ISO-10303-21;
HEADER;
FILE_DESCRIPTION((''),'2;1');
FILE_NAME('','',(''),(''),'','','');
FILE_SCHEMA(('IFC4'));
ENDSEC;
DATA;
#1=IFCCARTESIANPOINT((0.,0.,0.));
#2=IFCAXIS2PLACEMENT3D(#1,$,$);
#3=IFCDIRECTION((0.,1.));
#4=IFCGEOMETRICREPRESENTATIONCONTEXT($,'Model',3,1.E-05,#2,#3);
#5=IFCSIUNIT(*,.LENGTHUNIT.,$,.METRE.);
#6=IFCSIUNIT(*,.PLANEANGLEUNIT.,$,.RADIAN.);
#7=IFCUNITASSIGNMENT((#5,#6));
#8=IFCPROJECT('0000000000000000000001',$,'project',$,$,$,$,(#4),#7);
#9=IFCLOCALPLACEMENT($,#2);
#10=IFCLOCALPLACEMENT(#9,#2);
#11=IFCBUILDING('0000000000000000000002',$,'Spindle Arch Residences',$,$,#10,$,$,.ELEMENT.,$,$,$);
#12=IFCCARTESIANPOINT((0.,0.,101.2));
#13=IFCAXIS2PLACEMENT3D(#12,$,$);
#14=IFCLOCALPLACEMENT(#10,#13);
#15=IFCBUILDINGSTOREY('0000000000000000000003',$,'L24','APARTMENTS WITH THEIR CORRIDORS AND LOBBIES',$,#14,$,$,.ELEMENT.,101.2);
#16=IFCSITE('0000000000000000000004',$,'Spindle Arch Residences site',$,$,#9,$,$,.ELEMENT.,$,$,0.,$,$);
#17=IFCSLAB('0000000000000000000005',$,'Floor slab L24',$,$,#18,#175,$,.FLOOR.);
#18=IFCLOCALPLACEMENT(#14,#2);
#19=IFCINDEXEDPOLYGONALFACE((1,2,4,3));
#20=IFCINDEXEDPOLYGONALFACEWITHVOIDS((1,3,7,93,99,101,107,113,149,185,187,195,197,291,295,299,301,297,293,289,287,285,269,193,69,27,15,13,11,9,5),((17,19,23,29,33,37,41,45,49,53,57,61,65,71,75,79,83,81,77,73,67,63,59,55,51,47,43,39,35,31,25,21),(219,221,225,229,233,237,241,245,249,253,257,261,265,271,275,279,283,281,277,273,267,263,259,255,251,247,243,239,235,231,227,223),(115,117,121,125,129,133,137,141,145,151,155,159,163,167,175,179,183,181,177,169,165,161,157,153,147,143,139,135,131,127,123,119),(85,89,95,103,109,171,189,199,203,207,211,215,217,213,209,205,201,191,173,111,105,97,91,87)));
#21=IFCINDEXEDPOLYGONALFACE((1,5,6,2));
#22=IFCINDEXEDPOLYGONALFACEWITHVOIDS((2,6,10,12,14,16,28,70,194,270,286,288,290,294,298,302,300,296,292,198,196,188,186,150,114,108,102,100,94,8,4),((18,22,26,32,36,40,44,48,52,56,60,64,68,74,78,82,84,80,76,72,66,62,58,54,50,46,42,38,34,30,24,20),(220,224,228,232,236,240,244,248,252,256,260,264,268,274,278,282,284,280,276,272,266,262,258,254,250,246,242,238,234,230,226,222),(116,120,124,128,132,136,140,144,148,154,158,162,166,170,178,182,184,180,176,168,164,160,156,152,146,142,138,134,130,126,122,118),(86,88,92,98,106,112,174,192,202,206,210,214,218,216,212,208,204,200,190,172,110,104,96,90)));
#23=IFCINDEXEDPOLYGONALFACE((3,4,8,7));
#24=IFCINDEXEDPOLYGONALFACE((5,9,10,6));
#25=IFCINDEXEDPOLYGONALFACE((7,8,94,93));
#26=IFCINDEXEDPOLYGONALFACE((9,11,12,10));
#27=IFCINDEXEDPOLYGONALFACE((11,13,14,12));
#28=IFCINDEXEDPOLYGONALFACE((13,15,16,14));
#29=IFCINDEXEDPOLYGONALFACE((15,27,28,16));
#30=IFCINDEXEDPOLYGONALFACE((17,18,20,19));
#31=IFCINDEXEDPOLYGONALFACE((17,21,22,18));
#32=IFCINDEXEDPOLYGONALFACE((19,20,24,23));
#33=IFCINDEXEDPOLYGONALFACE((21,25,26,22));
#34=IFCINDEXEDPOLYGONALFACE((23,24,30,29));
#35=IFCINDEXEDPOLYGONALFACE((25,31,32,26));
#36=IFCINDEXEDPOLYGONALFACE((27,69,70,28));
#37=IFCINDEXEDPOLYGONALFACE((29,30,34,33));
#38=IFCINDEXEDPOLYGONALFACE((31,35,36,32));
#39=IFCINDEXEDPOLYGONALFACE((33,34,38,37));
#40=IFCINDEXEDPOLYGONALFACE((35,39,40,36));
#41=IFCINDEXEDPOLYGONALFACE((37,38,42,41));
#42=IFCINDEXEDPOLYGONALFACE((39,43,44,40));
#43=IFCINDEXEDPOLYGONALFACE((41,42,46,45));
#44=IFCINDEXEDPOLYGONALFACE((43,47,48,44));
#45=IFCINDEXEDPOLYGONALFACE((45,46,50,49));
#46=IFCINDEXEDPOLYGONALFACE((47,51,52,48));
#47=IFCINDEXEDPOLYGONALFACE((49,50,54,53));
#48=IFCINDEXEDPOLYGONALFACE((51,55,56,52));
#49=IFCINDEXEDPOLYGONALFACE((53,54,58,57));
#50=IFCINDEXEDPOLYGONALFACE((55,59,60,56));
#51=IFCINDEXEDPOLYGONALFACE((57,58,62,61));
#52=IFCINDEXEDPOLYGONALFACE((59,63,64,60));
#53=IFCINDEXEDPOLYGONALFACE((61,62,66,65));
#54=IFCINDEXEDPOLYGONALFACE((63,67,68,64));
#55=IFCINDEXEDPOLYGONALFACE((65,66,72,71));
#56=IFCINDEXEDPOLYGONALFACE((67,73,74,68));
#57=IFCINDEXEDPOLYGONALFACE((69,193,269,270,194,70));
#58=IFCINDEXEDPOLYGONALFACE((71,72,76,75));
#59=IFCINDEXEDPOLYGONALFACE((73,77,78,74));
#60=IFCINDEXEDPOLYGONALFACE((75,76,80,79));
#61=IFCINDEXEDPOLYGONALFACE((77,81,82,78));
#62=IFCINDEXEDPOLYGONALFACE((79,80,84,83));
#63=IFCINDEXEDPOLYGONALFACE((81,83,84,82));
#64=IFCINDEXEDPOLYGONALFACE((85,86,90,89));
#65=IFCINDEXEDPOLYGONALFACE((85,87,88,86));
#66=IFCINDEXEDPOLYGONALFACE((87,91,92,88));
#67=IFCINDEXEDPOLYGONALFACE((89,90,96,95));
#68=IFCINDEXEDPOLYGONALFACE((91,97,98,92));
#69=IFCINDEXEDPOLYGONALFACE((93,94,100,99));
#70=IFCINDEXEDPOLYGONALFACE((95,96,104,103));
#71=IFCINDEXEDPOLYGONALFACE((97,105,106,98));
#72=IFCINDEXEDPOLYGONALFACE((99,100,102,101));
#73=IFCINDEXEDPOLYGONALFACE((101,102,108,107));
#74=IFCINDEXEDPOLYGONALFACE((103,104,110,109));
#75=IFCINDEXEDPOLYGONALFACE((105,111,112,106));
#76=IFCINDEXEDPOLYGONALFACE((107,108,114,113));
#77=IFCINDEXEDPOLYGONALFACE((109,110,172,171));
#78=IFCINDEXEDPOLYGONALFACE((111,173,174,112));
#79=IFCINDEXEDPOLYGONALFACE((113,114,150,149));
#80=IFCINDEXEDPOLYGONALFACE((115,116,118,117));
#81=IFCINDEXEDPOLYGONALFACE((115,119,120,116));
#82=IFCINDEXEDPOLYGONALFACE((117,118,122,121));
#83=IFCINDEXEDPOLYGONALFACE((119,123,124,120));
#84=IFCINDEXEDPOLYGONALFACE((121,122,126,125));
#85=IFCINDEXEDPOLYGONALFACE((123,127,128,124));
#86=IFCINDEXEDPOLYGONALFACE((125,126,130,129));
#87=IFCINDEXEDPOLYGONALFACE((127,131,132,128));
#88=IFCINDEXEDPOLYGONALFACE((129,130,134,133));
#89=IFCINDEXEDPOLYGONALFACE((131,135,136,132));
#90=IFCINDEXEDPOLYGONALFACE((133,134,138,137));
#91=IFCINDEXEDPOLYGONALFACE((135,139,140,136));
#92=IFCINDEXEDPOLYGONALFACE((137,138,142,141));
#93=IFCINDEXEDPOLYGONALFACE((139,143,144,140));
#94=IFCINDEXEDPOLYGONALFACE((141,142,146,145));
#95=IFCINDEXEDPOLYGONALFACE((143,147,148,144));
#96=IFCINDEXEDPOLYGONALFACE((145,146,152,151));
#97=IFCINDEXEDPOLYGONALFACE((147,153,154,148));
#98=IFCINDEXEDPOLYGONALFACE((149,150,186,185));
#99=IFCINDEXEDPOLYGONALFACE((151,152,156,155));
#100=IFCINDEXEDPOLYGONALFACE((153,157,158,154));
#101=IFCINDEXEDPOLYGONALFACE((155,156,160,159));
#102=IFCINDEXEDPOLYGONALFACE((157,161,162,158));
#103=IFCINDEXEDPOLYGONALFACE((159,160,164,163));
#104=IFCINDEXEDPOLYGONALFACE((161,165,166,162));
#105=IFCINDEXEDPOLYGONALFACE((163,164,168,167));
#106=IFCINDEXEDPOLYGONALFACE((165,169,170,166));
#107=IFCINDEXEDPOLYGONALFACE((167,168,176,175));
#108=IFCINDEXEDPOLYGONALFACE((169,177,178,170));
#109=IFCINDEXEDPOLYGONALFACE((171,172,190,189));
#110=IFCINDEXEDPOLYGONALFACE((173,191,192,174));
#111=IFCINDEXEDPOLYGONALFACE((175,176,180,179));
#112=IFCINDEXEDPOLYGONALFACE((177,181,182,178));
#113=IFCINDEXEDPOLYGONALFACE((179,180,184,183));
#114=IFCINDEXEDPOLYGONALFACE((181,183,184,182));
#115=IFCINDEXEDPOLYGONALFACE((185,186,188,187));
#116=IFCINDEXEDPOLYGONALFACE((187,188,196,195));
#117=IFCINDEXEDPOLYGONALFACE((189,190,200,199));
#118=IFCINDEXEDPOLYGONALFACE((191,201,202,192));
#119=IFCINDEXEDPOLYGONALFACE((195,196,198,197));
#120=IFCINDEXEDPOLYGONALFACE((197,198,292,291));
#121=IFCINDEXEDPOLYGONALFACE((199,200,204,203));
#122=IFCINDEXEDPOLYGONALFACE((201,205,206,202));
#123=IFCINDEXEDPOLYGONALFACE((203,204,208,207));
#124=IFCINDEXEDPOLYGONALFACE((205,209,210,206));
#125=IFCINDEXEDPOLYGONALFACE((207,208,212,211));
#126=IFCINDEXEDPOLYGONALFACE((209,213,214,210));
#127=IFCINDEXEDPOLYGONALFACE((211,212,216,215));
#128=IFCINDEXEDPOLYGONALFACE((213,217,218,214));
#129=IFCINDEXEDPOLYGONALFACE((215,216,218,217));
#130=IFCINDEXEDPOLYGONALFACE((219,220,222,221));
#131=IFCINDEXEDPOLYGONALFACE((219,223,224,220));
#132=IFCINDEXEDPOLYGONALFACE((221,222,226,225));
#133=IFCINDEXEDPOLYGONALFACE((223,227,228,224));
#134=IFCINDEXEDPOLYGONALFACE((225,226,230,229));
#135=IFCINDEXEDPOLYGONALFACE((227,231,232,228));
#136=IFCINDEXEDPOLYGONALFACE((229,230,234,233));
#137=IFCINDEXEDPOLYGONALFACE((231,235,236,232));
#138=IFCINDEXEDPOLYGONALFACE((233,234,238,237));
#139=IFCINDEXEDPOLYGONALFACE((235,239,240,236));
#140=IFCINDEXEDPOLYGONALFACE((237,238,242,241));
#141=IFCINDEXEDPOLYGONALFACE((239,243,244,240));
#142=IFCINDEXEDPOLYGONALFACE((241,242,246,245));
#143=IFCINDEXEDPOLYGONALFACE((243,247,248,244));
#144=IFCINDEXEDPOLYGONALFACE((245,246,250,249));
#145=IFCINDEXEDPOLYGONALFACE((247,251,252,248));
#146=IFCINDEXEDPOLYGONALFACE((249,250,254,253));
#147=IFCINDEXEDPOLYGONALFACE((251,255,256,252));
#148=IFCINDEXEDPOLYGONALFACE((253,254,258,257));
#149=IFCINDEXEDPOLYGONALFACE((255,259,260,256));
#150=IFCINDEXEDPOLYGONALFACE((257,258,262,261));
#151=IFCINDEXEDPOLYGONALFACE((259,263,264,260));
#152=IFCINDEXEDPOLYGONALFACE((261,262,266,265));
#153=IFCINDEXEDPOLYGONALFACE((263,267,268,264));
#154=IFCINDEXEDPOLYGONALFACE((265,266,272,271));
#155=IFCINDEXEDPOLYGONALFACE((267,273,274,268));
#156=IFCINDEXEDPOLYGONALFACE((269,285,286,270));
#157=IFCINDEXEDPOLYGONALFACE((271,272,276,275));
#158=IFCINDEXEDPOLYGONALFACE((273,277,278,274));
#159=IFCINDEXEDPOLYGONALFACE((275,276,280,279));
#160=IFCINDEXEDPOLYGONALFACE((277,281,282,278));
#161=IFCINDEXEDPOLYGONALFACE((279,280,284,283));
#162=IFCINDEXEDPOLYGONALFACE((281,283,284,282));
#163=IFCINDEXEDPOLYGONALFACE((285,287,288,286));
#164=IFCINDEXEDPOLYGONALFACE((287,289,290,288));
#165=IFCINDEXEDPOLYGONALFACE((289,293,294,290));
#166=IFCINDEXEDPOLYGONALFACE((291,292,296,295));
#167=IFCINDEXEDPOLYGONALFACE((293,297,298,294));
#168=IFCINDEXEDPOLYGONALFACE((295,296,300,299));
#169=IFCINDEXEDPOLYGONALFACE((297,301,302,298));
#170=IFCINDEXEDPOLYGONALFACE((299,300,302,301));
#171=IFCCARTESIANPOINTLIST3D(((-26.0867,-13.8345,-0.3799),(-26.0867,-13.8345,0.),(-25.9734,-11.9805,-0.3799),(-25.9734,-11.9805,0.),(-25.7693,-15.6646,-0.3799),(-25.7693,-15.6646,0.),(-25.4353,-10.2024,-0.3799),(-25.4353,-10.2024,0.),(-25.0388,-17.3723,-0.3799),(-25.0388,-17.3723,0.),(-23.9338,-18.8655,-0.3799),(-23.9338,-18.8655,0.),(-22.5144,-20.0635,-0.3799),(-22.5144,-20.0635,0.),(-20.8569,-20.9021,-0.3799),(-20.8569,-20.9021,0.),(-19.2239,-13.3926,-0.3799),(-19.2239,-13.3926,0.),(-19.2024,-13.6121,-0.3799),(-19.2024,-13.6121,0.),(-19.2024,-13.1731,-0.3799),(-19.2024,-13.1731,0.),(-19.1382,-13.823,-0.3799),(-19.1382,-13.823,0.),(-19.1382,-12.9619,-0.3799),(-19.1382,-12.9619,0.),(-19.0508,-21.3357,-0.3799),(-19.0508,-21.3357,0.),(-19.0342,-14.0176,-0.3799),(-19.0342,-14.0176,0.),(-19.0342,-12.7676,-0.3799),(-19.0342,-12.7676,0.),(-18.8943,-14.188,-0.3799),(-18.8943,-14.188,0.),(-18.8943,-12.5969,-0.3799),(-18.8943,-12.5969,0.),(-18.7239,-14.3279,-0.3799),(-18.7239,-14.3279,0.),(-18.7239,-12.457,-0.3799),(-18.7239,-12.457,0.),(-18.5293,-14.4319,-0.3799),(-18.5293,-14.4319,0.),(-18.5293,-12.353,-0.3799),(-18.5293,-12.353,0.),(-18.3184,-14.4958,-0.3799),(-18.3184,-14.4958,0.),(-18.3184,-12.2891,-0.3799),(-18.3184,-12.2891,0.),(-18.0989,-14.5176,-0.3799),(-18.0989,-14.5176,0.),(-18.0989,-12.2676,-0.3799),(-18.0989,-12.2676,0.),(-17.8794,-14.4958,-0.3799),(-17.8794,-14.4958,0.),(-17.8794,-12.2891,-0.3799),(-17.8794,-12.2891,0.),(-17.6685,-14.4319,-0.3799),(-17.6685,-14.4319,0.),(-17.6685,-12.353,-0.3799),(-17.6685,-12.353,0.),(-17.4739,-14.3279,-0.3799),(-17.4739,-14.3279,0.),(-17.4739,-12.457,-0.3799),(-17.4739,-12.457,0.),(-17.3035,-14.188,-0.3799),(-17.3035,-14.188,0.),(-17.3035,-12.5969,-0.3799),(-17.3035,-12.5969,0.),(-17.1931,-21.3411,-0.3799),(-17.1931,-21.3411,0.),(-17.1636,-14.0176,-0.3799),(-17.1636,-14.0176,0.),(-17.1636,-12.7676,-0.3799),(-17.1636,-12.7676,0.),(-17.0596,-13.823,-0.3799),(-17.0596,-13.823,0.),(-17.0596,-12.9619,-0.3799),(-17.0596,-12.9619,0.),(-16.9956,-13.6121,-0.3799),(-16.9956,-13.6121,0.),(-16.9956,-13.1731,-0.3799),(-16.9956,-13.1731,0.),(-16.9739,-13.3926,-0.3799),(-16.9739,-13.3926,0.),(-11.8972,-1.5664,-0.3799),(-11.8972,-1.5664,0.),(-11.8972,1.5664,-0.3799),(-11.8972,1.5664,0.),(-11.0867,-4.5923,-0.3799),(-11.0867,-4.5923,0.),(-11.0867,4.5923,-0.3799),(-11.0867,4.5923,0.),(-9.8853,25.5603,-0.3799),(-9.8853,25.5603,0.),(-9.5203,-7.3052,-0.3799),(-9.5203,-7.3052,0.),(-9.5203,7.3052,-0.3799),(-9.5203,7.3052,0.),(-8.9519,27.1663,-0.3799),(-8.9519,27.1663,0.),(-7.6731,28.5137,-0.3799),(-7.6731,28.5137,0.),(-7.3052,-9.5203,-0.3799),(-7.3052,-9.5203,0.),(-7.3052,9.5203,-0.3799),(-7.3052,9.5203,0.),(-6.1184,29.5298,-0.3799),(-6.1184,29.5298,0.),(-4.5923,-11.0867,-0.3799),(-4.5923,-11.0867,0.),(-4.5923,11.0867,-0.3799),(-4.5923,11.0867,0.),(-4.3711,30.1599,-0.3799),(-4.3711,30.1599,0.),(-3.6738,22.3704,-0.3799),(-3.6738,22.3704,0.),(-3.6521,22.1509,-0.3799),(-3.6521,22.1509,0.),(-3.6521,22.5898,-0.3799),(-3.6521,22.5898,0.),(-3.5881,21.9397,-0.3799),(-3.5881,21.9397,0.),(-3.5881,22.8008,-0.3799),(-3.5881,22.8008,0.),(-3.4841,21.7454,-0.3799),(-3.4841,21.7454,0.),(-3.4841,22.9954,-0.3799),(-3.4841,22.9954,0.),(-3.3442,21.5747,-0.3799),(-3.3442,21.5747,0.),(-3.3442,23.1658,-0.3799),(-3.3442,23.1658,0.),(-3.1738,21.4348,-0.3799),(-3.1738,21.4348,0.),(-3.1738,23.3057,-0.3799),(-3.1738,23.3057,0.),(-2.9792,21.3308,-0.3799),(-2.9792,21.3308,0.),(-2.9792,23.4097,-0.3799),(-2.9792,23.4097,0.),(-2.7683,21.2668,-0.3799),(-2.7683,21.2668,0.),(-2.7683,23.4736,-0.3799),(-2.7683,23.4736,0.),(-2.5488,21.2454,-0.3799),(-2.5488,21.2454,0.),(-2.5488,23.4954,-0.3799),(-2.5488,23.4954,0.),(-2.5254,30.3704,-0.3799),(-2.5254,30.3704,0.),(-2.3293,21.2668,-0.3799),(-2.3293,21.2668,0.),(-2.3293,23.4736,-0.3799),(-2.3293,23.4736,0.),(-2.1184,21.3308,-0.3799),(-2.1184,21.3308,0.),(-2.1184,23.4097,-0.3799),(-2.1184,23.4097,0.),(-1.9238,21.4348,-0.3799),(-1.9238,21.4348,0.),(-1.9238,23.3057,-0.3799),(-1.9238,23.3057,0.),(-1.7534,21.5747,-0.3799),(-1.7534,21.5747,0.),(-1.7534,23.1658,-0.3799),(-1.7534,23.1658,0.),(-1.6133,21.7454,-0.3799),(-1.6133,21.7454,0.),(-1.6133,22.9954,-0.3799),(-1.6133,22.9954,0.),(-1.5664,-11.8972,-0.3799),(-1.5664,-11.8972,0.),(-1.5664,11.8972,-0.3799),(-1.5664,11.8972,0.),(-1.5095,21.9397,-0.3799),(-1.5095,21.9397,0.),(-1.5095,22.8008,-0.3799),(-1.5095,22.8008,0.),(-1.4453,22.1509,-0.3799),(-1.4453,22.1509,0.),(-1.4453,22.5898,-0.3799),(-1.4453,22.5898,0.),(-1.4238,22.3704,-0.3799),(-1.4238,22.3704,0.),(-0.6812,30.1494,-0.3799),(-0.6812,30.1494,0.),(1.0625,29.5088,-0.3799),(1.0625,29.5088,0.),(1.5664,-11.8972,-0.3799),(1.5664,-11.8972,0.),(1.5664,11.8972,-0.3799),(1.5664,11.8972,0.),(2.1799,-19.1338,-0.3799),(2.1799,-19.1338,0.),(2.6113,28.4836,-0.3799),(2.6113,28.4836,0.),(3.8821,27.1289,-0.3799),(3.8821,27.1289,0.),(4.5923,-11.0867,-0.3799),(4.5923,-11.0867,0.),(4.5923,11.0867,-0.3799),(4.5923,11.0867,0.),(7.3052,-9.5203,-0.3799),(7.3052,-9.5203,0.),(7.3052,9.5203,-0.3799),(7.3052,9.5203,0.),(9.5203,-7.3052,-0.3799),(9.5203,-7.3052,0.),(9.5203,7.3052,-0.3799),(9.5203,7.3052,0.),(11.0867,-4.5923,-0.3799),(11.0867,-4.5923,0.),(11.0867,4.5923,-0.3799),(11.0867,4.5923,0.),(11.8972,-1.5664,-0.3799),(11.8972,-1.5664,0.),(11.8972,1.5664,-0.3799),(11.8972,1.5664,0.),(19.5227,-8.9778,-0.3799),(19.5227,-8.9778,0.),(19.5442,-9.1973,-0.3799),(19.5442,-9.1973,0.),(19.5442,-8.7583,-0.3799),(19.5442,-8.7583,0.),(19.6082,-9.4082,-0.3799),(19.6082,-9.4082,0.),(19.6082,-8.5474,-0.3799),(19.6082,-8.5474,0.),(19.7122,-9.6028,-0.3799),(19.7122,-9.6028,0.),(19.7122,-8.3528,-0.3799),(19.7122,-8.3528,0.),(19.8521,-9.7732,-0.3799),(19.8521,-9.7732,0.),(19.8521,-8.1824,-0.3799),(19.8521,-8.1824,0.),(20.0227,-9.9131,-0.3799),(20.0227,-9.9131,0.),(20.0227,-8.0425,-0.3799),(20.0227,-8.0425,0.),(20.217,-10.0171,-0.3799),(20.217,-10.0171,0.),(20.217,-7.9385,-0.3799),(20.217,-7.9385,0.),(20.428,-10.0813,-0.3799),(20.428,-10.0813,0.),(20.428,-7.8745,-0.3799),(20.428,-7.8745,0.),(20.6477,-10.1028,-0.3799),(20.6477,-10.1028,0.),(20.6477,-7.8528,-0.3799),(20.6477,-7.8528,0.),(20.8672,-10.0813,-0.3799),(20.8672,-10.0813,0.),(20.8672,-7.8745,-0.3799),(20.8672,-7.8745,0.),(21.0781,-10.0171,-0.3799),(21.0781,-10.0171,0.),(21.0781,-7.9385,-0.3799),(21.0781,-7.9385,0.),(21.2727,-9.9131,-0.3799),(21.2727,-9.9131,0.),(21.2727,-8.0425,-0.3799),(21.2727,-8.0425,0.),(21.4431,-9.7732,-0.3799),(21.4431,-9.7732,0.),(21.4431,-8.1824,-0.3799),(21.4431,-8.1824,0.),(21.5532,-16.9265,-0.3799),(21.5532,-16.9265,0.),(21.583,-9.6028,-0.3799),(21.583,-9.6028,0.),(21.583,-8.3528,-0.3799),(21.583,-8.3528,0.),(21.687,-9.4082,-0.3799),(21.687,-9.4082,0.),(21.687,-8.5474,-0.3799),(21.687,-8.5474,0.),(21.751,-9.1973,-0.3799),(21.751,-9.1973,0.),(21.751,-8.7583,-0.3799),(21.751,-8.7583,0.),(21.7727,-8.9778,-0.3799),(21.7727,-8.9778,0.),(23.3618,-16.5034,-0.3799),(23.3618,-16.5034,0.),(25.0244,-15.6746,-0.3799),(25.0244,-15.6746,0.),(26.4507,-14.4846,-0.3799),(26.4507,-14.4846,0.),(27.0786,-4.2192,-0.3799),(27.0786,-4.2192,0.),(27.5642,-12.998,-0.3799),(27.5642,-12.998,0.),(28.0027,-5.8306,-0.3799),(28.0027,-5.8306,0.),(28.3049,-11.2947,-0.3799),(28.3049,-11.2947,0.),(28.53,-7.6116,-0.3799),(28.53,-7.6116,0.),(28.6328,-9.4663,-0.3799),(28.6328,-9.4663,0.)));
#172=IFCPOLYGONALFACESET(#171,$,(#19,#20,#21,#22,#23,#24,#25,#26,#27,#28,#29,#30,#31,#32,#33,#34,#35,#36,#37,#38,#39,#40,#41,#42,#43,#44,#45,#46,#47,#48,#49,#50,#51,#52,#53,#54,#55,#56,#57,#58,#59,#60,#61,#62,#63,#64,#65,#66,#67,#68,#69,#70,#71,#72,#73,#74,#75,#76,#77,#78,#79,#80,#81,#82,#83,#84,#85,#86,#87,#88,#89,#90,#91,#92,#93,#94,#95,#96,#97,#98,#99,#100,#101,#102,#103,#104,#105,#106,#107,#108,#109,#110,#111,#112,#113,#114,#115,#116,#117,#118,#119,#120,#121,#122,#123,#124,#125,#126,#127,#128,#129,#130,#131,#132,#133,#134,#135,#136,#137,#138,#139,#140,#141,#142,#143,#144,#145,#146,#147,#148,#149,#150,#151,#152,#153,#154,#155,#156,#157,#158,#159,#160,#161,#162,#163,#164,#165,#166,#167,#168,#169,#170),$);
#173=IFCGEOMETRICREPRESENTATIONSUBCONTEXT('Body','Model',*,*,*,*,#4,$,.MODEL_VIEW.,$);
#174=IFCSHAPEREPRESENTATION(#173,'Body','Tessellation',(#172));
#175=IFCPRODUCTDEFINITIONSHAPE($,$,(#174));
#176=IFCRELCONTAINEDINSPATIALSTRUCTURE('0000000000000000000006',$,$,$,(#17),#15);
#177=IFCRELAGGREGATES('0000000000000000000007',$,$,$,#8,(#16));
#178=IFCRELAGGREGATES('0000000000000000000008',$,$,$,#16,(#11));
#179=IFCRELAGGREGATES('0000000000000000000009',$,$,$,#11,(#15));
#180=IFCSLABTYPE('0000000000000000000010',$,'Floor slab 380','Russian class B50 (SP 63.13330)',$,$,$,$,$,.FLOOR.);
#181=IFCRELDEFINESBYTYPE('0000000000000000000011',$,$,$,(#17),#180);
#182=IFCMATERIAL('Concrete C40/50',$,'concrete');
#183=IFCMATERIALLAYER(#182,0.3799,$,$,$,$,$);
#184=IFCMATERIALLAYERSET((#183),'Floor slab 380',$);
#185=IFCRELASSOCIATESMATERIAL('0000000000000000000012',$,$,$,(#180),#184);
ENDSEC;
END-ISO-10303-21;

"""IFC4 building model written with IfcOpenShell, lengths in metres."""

from ifc_helpers import new_model, si_unit, direction, frame, origin, place, context, subcontext, project, spatial, polyline, outline, extrude, material, layer, layer_set, type_object, element, save


model = new_model("IFC4")

# Units and contexts
model_context = context("Model", 3, precision=1e-05, world=origin(), true_north=direction((0.0, 1.0)))
body_context = subcontext(model_context, "Body", "Model", "MODEL_VIEW")
ifc_project = project(units=[si_unit("LENGTHUNIT", "METRE"), si_unit("PLANEANGLEUNIT", "RADIAN")], contexts=[model_context])

# Site, building, storey
site_placement = place(None, origin())
site = spatial("IfcSite", under=ifc_project, at=site_placement, Name="Spindle Arch Residences site", CompositionType="ELEMENT", RefElevation=0.0)
building_placement = place(site_placement, origin())
building = spatial("IfcBuilding", under=site, at=building_placement, Name="Spindle Arch Residences", CompositionType="ELEMENT")
storey_placement = place(building_placement, frame((0.0, 0.0, 101.2)))
storey = spatial("IfcBuildingStorey", under=building, at=storey_placement, Name="L24", Description="APARTMENTS WITH THEIR CORRIDORS AND LOBBIES", CompositionType="ELEMENT", Elevation=101.2)

# Slab
ifc_material_1 = material(Name="Concrete C40/50", Category="concrete")
ifc_layer_1 = layer(ifc_material_1, 0.3799)
ifc_layer_set_1 = layer_set([ifc_layer_1], Name="Floor slab 380")
slab_type_1 = type_object("IfcSlabType", Name="Floor slab 380", Description="Russian class B50 (SP 63.13330)", PredefinedType="FLOOR", material=ifc_layer_set_1)
slab_1_placement = place(storey_placement, frame((0.0, 0.0, -0.3799)))
element("IfcSlab", 1, at=slab_1_placement, inside=storey, type_object=slab_type_1, Name="Floor slab L24", PredefinedType="FLOOR", context=body_context, shape_type="SweptSolid", body=[
    extrude(outline(polyline([(-19.0508, -21.3357), (-20.8569, -20.9021), (-22.5144, -20.0635), (-23.9338, -18.8655), (-25.0388, -17.3723), (-25.7693, -15.6646), (-26.0867, -13.8345), (-25.9734, -11.9805), (-25.4353, -10.2024), (-9.8853, 25.5603), (-8.9519, 27.1663), (-7.6731, 28.5137), (-6.1184, 29.5298), (-4.3711, 30.1599), (-2.5254, 30.3704), (-0.6812, 30.1494), (1.0625, 29.5088), (2.6113, 28.4836), (3.8821, 27.1289), (27.0786, -4.2192), (28.0027, -5.8306), (28.53, -7.6116), (28.6328, -9.4663), (28.3049, -11.2947), (27.5642, -12.998), (26.4507, -14.4846), (25.0244, -15.6746), (23.3618, -16.5034), (21.5532, -16.9265), (2.1799, -19.1338), (-17.1931, -21.3411), (-19.0508, -21.3357)]), holes=[polyline([(7.3052, -9.5203), (9.5203, -7.3052), (11.0867, -4.5923), (11.8972, -1.5664), (11.8972, 1.5664), (11.0867, 4.5923), (9.5203, 7.3052), (7.3052, 9.5203), (4.5923, 11.0867), (1.5664, 11.8972), (-1.5664, 11.8972), (-4.5923, 11.0867), (-7.3052, 9.5203), (-9.5203, 7.3052), (-11.0867, 4.5923), (-11.8972, 1.5664), (-11.8972, -1.5664), (-11.0867, -4.5923), (-9.5203, -7.3052), (-7.3052, -9.5203), (-4.5923, -11.0867), (-1.5664, -11.8972), (1.5664, -11.8972), (4.5923, -11.0867), (7.3052, -9.5203)]), polyline([(-17.3035, -14.188), (-17.1636, -14.0176), (-17.0596, -13.823), (-16.9956, -13.6121), (-16.9739, -13.3926), (-16.9956, -13.1731), (-17.0596, -12.9619), (-17.1636, -12.7676), (-17.3035, -12.5969), (-17.4739, -12.457), (-17.6685, -12.353), (-17.8794, -12.2891), (-18.0989, -12.2676), (-18.3184, -12.2891), (-18.5293, -12.353), (-18.7239, -12.457), (-18.8943, -12.5969), (-19.0342, -12.7676), (-19.1382, -12.9619), (-19.2024, -13.1731), (-19.2239, -13.3926), (-19.2024, -13.6121), (-19.1382, -13.823), (-19.0342, -14.0176), (-18.8943, -14.188), (-18.7239, -14.3279), (-18.5293, -14.4319), (-18.3184, -14.4958), (-18.0989, -14.5176), (-17.8794, -14.4958), (-17.6685, -14.4319), (-17.4739, -14.3279), (-17.3035, -14.188)]), polyline([(-1.7534, 21.5747), (-1.6133, 21.7454), (-1.5095, 21.9397), (-1.4453, 22.1509), (-1.4238, 22.3704), (-1.4453, 22.5898), (-1.5095, 22.8008), (-1.6133, 22.9954), (-1.7534, 23.1658), (-1.9238, 23.3057), (-2.1184, 23.4097), (-2.3293, 23.4736), (-2.5488, 23.4954), (-2.7683, 23.4736), (-2.9792, 23.4097), (-3.1738, 23.3057), (-3.3442, 23.1658), (-3.4841, 22.9954), (-3.5881, 22.8008), (-3.6521, 22.5898), (-3.6738, 22.3704), (-3.6521, 22.1509), (-3.5881, 21.9397), (-3.4841, 21.7454), (-3.3442, 21.5747), (-3.1738, 21.4348), (-2.9792, 21.3308), (-2.7683, 21.2668), (-2.5488, 21.2454), (-2.3293, 21.2668), (-2.1184, 21.3308), (-1.9238, 21.4348), (-1.7534, 21.5747)]), polyline([(21.4431, -9.7732), (21.583, -9.6028), (21.687, -9.4082), (21.751, -9.1973), (21.7727, -8.9778), (21.751, -8.7583), (21.687, -8.5474), (21.583, -8.3528), (21.4431, -8.1824), (21.2727, -8.0425), (21.0781, -7.9385), (20.8672, -7.8745), (20.6477, -7.8528), (20.428, -7.8745), (20.217, -7.9385), (20.0227, -8.0425), (19.8521, -8.1824), (19.7122, -8.3528), (19.6082, -8.5474), (19.5442, -8.7583), (19.5227, -8.9778), (19.5442, -9.1973), (19.6082, -9.4082), (19.7122, -9.6028), (19.8521, -9.7732), (20.0227, -9.9131), (20.217, -10.0171), (20.428, -10.0813), (20.6477, -10.1028), (20.8672, -10.0813), (21.0781, -10.0171), (21.2727, -9.9131), (21.4431, -9.7732)])]), origin(), (0.0, 0.0, 1.0), 0.3799),
])

save(model, "model.ifc")
